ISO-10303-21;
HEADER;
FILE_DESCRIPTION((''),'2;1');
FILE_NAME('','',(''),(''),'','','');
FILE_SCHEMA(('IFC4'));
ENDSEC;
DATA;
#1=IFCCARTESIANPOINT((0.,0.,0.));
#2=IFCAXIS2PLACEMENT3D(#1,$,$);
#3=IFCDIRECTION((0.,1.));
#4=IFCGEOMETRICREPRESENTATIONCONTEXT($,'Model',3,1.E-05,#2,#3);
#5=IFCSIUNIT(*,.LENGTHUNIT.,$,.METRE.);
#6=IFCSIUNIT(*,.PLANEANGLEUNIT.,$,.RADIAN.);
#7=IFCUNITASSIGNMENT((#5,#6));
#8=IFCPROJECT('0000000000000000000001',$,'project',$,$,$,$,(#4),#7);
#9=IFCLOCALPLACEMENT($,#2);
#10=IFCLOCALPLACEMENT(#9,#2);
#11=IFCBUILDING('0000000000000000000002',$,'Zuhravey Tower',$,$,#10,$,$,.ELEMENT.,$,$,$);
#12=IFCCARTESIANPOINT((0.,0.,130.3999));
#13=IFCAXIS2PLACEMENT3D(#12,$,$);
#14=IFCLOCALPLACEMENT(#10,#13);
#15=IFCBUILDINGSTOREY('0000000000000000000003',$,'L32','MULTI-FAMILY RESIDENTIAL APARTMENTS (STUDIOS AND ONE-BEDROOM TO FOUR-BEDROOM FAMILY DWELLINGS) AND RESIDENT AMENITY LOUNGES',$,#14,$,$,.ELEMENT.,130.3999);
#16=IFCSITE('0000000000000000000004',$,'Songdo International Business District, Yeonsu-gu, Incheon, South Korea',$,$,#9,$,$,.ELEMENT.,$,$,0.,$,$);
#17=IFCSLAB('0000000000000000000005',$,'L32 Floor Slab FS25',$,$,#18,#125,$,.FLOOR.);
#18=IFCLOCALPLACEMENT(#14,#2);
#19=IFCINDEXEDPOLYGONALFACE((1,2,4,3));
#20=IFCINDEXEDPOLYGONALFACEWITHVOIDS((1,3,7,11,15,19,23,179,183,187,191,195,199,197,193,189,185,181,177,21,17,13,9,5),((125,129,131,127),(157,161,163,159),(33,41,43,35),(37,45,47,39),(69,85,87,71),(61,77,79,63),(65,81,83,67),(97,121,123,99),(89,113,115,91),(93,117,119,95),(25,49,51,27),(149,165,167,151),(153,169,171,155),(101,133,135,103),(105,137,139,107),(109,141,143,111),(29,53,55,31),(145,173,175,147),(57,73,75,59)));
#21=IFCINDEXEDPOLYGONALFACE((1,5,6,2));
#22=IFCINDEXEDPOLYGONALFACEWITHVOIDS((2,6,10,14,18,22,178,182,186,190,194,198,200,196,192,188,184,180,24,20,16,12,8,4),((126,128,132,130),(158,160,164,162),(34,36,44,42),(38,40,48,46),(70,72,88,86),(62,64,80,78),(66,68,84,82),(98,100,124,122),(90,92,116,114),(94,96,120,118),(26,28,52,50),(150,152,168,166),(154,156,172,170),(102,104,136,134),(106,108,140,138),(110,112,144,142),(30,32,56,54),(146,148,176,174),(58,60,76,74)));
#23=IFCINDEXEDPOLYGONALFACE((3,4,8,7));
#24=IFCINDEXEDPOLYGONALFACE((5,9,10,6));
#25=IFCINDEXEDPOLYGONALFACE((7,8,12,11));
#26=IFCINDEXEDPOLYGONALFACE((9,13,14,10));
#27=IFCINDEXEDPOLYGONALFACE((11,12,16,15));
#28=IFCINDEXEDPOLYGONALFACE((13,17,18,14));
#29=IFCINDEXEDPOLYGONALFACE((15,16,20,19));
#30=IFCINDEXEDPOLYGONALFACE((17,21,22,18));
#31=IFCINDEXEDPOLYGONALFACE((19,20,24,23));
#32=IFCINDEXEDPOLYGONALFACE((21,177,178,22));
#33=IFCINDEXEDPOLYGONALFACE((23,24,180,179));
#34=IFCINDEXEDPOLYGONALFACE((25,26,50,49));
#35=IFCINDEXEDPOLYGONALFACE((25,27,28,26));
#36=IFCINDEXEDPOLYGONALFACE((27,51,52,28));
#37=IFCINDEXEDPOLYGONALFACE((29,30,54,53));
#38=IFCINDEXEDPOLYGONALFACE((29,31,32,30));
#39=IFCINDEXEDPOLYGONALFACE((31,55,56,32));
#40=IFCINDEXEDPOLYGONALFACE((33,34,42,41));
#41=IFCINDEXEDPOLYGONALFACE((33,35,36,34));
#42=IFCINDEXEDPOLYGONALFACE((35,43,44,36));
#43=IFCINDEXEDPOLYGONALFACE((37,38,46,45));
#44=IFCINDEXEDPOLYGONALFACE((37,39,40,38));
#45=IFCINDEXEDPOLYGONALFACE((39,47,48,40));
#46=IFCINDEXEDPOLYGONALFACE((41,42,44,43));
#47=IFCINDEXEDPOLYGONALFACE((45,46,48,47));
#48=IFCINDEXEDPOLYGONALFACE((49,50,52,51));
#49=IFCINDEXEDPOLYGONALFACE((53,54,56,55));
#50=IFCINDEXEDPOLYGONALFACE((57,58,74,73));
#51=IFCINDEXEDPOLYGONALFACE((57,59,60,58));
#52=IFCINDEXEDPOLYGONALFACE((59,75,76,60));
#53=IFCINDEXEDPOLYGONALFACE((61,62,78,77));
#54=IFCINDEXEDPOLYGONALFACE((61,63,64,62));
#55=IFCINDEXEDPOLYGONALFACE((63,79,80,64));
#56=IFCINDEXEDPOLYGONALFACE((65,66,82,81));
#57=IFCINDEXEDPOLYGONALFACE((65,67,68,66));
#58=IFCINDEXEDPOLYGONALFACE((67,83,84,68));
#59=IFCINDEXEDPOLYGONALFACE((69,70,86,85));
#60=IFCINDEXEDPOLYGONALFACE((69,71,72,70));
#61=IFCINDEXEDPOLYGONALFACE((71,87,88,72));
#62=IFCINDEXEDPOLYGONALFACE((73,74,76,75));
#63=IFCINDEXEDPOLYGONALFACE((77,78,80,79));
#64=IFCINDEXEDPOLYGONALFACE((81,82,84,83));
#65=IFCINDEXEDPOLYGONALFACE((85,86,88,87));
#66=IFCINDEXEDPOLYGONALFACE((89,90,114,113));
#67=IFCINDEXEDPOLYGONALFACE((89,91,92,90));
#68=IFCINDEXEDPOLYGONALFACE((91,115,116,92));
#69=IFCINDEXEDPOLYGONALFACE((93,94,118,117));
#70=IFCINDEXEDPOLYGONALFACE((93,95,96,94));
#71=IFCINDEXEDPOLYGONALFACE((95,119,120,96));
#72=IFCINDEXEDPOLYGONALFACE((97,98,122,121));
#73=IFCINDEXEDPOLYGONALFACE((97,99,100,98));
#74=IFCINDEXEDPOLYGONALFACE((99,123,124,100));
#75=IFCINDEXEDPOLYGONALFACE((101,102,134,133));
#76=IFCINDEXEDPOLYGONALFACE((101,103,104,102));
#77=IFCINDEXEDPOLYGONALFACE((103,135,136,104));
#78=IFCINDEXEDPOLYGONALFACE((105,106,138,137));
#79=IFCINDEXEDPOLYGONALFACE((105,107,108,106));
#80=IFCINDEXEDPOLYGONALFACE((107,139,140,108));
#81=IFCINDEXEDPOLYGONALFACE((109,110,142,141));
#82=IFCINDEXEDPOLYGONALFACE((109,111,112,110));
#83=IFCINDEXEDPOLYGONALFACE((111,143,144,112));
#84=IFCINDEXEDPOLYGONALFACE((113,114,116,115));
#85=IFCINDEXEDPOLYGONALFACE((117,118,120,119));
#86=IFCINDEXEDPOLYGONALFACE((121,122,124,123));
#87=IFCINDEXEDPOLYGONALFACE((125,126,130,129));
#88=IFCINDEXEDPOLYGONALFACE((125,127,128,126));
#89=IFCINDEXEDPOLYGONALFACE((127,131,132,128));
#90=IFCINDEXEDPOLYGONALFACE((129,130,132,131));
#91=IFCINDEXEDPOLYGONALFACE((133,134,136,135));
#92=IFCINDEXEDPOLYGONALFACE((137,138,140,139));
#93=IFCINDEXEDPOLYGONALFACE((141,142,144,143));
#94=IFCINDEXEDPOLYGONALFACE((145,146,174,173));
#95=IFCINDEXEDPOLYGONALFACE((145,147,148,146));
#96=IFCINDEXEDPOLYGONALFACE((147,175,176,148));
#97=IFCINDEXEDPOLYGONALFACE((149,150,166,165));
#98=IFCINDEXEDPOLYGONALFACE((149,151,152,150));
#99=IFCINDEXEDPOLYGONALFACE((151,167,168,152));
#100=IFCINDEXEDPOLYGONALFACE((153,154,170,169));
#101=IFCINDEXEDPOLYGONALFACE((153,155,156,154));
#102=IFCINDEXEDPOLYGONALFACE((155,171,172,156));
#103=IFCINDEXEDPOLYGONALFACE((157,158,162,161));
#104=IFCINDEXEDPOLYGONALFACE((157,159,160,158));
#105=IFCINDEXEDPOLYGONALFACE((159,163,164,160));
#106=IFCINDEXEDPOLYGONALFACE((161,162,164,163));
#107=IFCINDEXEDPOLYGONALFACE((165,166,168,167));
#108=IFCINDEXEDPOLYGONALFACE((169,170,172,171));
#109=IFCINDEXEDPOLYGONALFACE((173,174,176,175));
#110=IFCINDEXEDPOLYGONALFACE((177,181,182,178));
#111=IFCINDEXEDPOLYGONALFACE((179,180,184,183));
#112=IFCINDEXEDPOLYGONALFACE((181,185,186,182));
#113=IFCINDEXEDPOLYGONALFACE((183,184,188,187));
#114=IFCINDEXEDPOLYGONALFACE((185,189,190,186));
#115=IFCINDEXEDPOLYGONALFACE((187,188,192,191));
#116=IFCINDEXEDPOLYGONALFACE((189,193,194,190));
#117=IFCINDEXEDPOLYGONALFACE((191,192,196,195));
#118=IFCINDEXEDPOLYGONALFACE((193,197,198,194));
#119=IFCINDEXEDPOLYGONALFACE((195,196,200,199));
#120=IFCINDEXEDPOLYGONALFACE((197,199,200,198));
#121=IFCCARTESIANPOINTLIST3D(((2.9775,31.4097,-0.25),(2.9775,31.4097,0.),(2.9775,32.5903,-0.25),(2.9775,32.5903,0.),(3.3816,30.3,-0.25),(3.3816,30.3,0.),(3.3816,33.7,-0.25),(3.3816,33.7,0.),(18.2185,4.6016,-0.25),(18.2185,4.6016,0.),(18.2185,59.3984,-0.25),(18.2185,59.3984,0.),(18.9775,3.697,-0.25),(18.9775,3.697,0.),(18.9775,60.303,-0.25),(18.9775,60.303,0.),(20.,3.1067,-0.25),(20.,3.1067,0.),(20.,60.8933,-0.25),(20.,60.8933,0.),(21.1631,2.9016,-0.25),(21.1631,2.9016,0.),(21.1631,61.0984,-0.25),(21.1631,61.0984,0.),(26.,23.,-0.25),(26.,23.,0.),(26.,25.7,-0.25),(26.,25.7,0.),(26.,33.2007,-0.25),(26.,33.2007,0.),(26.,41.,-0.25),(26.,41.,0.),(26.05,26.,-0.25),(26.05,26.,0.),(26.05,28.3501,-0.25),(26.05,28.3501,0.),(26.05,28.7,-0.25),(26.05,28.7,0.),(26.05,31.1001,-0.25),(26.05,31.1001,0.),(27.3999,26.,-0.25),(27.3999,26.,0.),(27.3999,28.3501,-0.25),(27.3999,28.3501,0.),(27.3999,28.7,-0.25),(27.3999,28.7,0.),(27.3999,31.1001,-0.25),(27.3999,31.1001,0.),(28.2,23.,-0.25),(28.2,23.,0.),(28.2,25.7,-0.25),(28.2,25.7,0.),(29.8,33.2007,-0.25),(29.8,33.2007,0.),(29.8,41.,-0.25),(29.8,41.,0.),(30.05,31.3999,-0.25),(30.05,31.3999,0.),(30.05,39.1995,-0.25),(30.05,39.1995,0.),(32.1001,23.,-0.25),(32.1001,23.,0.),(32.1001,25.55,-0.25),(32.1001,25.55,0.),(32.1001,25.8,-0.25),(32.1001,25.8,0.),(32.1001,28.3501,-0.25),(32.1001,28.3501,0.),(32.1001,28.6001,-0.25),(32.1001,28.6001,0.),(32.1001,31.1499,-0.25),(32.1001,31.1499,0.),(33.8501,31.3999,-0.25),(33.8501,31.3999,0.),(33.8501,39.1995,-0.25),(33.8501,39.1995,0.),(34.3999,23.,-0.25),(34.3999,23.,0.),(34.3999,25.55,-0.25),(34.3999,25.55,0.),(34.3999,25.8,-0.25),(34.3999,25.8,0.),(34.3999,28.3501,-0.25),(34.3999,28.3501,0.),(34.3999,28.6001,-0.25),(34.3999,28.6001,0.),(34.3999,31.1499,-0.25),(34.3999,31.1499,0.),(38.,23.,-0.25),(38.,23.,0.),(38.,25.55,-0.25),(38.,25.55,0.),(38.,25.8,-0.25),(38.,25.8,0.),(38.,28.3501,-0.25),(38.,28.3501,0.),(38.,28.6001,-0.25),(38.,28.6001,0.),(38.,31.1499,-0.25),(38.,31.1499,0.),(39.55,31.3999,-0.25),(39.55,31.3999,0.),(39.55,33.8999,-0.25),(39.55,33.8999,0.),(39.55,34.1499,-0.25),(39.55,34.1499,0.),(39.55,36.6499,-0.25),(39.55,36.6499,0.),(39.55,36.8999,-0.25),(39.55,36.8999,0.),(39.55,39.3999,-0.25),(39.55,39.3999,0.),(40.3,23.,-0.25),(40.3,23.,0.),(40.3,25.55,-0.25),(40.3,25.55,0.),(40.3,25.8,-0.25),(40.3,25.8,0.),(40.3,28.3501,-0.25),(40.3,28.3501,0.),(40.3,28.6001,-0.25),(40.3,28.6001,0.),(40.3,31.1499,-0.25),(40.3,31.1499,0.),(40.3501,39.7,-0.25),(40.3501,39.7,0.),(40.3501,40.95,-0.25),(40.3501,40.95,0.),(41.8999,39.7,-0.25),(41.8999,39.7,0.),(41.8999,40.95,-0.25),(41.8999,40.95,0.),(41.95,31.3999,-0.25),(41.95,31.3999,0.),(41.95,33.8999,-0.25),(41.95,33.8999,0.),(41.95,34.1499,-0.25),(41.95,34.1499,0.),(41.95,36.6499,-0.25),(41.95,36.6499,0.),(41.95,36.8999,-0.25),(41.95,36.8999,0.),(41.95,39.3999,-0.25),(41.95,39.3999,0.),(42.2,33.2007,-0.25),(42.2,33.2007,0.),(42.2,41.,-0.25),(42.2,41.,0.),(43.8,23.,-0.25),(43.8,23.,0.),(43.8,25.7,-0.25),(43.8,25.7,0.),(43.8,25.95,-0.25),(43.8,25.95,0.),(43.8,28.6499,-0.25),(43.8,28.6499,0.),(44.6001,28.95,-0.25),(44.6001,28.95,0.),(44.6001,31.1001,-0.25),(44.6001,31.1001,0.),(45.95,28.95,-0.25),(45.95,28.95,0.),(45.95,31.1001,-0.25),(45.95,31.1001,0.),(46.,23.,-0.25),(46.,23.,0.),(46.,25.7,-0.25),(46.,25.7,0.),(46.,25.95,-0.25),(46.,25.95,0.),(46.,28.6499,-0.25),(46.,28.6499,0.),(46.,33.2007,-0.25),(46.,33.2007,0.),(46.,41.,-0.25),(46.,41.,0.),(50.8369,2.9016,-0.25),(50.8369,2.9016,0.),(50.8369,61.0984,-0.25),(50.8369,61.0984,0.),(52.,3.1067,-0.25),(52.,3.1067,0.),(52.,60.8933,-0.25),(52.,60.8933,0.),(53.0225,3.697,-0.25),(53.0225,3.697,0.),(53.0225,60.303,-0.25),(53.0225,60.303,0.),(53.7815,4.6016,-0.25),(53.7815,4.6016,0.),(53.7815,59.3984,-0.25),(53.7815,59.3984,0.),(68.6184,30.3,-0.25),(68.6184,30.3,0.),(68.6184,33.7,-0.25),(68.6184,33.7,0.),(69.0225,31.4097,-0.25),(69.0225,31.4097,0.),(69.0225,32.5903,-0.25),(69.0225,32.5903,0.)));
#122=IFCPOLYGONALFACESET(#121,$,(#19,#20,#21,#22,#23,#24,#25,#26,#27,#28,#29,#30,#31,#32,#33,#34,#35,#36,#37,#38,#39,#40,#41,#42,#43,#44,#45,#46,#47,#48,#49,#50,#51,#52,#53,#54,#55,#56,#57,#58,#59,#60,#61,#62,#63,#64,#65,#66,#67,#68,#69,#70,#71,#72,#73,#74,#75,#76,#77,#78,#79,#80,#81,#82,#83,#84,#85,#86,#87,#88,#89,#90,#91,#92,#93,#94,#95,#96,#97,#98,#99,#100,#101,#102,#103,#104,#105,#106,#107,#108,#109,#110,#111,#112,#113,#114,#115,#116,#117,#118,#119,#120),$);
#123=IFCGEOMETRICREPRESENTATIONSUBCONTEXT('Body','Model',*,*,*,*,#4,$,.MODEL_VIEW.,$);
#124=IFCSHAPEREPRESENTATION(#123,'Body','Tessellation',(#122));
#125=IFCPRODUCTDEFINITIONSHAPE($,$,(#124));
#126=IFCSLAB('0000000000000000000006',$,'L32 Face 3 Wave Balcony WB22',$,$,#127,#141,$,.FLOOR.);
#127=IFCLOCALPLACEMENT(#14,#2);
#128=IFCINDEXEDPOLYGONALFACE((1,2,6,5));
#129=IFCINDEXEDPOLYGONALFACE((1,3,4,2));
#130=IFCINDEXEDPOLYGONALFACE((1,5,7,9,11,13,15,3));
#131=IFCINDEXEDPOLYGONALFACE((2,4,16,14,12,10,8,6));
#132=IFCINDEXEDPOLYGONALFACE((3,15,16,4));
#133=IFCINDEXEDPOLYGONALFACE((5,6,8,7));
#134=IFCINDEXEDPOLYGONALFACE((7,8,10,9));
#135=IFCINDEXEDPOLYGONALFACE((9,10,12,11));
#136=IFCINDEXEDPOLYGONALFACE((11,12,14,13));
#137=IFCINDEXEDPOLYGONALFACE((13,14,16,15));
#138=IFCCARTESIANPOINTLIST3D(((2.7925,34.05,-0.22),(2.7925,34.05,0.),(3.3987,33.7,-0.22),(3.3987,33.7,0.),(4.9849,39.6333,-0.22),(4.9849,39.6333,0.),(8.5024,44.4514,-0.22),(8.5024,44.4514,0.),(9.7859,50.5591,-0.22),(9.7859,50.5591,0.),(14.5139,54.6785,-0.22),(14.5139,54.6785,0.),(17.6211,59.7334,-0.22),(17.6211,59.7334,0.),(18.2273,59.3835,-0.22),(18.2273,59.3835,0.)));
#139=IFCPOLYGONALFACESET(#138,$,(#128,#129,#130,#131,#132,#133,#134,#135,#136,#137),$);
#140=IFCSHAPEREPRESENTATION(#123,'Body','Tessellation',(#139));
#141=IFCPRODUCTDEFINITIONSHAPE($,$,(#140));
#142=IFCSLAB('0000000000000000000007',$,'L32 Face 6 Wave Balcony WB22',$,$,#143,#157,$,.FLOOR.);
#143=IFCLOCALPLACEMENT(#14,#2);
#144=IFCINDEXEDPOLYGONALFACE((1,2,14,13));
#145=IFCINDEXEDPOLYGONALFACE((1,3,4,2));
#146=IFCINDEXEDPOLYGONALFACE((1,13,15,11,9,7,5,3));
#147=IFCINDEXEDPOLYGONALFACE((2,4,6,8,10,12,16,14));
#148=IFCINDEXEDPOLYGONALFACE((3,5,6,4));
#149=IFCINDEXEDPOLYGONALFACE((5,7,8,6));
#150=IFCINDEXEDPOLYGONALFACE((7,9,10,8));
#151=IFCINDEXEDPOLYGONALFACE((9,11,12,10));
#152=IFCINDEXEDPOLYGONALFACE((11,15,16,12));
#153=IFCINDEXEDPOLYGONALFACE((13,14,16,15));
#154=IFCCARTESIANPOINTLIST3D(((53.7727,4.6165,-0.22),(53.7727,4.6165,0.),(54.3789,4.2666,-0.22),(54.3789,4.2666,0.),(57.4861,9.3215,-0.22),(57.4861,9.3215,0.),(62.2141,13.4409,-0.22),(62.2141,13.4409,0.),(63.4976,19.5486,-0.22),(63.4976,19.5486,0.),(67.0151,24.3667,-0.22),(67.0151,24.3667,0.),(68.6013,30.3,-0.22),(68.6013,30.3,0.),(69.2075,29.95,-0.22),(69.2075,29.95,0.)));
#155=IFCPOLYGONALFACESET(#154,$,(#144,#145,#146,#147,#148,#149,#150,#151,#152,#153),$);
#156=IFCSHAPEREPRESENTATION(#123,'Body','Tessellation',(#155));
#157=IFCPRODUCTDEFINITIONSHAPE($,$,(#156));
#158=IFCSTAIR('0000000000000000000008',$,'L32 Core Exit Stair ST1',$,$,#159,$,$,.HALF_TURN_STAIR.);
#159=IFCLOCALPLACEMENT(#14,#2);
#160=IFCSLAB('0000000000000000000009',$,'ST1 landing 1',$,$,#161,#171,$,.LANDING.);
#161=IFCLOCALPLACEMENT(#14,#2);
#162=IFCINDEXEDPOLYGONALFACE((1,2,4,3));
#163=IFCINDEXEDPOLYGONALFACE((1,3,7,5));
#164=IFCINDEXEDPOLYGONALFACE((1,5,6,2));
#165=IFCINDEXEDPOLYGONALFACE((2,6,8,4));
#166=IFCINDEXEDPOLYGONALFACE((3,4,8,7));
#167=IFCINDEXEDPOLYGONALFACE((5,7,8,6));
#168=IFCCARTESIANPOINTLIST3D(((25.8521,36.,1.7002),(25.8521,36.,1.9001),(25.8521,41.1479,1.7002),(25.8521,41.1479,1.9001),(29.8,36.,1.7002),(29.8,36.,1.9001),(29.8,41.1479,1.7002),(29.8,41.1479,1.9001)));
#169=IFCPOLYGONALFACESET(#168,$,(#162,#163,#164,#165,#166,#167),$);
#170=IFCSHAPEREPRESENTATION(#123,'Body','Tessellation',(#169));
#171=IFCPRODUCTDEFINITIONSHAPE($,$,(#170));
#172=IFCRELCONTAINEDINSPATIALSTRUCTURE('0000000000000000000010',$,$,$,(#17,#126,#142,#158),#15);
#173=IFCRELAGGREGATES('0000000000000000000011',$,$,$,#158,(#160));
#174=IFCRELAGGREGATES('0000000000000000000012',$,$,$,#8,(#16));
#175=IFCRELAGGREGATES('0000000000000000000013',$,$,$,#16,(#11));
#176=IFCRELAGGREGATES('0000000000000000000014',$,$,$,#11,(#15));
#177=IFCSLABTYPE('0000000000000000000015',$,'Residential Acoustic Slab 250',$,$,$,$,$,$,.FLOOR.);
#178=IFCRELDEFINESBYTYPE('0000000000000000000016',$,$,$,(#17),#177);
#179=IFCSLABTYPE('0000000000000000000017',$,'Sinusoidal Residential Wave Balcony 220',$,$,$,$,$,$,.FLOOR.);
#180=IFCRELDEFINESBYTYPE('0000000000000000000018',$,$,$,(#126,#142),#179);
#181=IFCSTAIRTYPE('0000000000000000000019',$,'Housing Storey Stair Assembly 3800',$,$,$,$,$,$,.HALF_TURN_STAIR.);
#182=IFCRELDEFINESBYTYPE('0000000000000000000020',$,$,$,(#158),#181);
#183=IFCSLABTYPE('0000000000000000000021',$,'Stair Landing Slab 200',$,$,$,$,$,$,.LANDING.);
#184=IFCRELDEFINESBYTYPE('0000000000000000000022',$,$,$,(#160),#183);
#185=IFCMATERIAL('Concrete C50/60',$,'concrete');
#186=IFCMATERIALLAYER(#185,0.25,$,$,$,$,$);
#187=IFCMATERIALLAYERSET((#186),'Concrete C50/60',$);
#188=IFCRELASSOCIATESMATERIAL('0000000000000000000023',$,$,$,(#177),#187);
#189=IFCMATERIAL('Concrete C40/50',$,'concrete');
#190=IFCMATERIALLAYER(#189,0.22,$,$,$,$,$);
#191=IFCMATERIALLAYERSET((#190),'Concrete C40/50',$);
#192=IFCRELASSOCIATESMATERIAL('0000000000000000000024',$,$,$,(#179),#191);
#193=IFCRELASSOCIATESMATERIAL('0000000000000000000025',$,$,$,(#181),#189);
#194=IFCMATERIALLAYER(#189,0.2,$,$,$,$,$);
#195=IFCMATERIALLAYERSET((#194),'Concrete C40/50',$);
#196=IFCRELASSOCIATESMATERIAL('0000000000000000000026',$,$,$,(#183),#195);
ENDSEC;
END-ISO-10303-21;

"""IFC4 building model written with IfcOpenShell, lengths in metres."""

from ifc_helpers import new_model, si_unit, direction, frame, origin, place, context, subcontext, project, spatial, polyline, outline, extrude, material, layer, layer_set, type_object, element, aggregate, save


model = new_model("IFC4")

# Units and contexts
model_context = context("Model", 3, precision=1e-05, world=origin(), true_north=direction((0.0, 1.0)))
body_context = subcontext(model_context, "Body", "Model", "MODEL_VIEW")
ifc_project = project(units=[si_unit("LENGTHUNIT", "METRE"), si_unit("PLANEANGLEUNIT", "RADIAN")], contexts=[model_context])

# Site, building, storey
site_placement = place(None, origin())
site = spatial("IfcSite", under=ifc_project, at=site_placement, Name="Songdo International Business District, Yeonsu-gu, Incheon, South Korea", CompositionType="ELEMENT", RefElevation=0.0)
building_placement = place(site_placement, origin())
building = spatial("IfcBuilding", under=site, at=building_placement, Name="Zuhravey Tower", CompositionType="ELEMENT")
storey_placement = place(building_placement, frame((0.0, 0.0, 130.3999)))
storey = spatial("IfcBuildingStorey", under=building, at=storey_placement, Name="L32", Description="MULTI-FAMILY RESIDENTIAL APARTMENTS (STUDIOS AND ONE-BEDROOM TO FOUR-BEDROOM FAMILY DWELLINGS) AND RESIDENT AMENITY LOUNGES", CompositionType="ELEMENT", Elevation=130.3999)

# Slabs
ifc_material_1 = material(Name="Concrete C50/60", Category="concrete")
ifc_layer_1 = layer(ifc_material_1, 0.25)
ifc_layer_set_1 = layer_set([ifc_layer_1], Name="Concrete C50/60")
slab_type_1 = type_object("IfcSlabType", Name="Residential Acoustic Slab 250", PredefinedType="FLOOR", material=ifc_layer_set_1)
slab_1_placement = place(storey_placement, frame((0.0, 0.0, -0.25)))
element("IfcSlab", 1, at=slab_1_placement, inside=storey, type_object=slab_type_1, Name="L32 Floor Slab FS25", PredefinedType="FLOOR", context=body_context, shape_type="SweptSolid", body=[
    extrude(outline(polyline([(68.6184, 30.3), (69.0225, 31.4097), (69.0225, 32.5903), (68.6184, 33.7), (53.7815, 59.3984), (53.0225, 60.303), (52.0, 60.8933), (50.8369, 61.0984), (21.1631, 61.0984), (20.0, 60.8933), (18.9775, 60.303), (18.2185, 59.3984), (3.3816, 33.7), (2.9775, 32.5903), (2.9775, 31.4097), (3.3816, 30.3), (18.2185, 4.6016), (18.9775, 3.697), (20.0, 3.1067), (21.1631, 2.9016), (50.8369, 2.9016), (52.0, 3.1067), (53.0225, 3.697), (53.7815, 4.6016), (68.6184, 30.3)]), holes=[polyline([(29.8, 33.2007), (29.8, 41.0), (26.0, 41.0), (26.0, 33.2007), (29.8, 33.2007)]), polyline([(46.0, 33.2007), (46.0, 41.0), (42.2, 41.0), (42.2, 33.2007), (46.0, 33.2007)]), polyline([(30.05, 39.1995), (30.05, 31.3999), (33.8501, 31.3999), (33.8501, 39.1995), (30.05, 39.1995)]), polyline([(32.1001, 23.0), (34.3999, 23.0), (34.3999, 25.55), (32.1001, 25.55), (32.1001, 23.0)]), polyline([(32.1001, 25.8), (34.3999, 25.8), (34.3999, 28.3501), (32.1001, 28.3501), (32.1001, 25.8)]), polyline([(32.1001, 28.6001), (34.3999, 28.6001), (34.3999, 31.1499), (32.1001, 31.1499), (32.1001, 28.6001)]), polyline([(38.0, 23.0), (40.3, 23.0), (40.3, 25.55), (38.0, 25.55), (38.0, 23.0)]), polyline([(38.0, 25.8), (40.3, 25.8), (40.3, 28.3501), (38.0, 28.3501), (38.0, 25.8)]), polyline([(38.0, 28.6001), (40.3, 28.6001), (40.3, 31.1499), (38.0, 31.1499), (38.0, 28.6001)]), polyline([(39.55, 31.3999), (41.95, 31.3999), (41.95, 33.8999), (39.55, 33.8999), (39.55, 31.3999)]), polyline([(39.55, 34.1499), (41.95, 34.1499), (41.95, 36.6499), (39.55, 36.6499), (39.55, 34.1499)]), polyline([(39.55, 36.8999), (41.95, 36.8999), (41.95, 39.3999), (39.55, 39.3999), (39.55, 36.8999)]), polyline([(26.0, 23.0), (28.2, 23.0), (28.2, 25.7), (26.0, 25.7), (26.0, 23.0)]), polyline([(43.8, 23.0), (46.0, 23.0), (46.0, 25.7), (43.8, 25.7), (43.8, 23.0)]), polyline([(43.8, 25.95), (46.0, 25.95), (46.0, 28.6499), (43.8, 28.6499), (43.8, 25.95)]), polyline([(26.05, 26.0), (27.3999, 26.0), (27.3999, 28.3501), (26.05, 28.3501), (26.05, 26.0)]), polyline([(26.05, 28.7), (27.3999, 28.7), (27.3999, 31.1001), (26.05, 31.1001), (26.05, 28.7)]), polyline([(44.6001, 28.95), (45.95, 28.95), (45.95, 31.1001), (44.6001, 31.1001), (44.6001, 28.95)]), polyline([(40.3501, 39.7), (41.8999, 39.7), (41.8999, 40.95), (40.3501, 40.95), (40.3501, 39.7)])]), origin(), (0.0, 0.0, 1.0), 0.25),
])
ifc_material_2 = material(Name="Concrete C40/50", Category="concrete")
ifc_layer_2 = layer(ifc_material_2, 0.22)
ifc_layer_set_2 = layer_set([ifc_layer_2], Name="Concrete C40/50")
slab_type_2 = type_object("IfcSlabType", Name="Sinusoidal Residential Wave Balcony 220", PredefinedType="FLOOR", material=ifc_layer_set_2)
slab_2_placement = place(storey_placement, frame((0.0, 0.0, -0.22)))
element("IfcSlab", 2, at=slab_2_placement, inside=storey, type_object=slab_type_2, Name="L32 Face 3 Wave Balcony WB22", PredefinedType="FLOOR", context=body_context, shape_type="SweptSolid", body=[
    extrude(outline(polyline([(18.2273, 59.3835), (3.3987, 33.7), (2.7925, 34.05), (4.9849, 39.6333), (8.5024, 44.4514), (9.7859, 50.5591), (14.5139, 54.6785), (17.6211, 59.7334), (18.2273, 59.3835)])), origin(), (0.0, 0.0, 1.0), 0.22),
])
slab_3_placement = place(storey_placement, frame((0.0, 0.0, -0.22)))
element("IfcSlab", 3, at=slab_3_placement, inside=storey, type_object=slab_type_2, Name="L32 Face 6 Wave Balcony WB22", PredefinedType="FLOOR", context=body_context, shape_type="SweptSolid", body=[
    extrude(outline(polyline([(53.7727, 4.6165), (68.6013, 30.3), (69.2075, 29.95), (67.0151, 24.3667), (63.4976, 19.5486), (62.2141, 13.4409), (57.4861, 9.3215), (54.3789, 4.2666), (53.7727, 4.6165)])), origin(), (0.0, 0.0, 1.0), 0.22),
])

# Stair, slab
stair_type = type_object("IfcStairType", Name="Housing Storey Stair Assembly 3800", PredefinedType="HALF_TURN_STAIR", material=ifc_material_2)
stair_1_placement = place(storey_placement, origin())
stair_1 = element("IfcStair", 4, at=stair_1_placement, inside=storey, type_object=stair_type, Name="L32 Core Exit Stair ST1", PredefinedType="HALF_TURN_STAIR")
ifc_layer_3 = layer(ifc_material_2, 0.2)
ifc_layer_set_3 = layer_set([ifc_layer_3], Name="Concrete C40/50")
slab_type_3 = type_object("IfcSlabType", Name="Stair Landing Slab 200", PredefinedType="LANDING", material=ifc_layer_set_3)
slab_4_placement = place(storey_placement, frame((0.0, 0.0, 1.7002)))
slab_4 = element("IfcSlab", 5, at=slab_4_placement, type_object=slab_type_3, Name="ST1 landing 1", PredefinedType="LANDING", context=body_context, shape_type="SweptSolid", body=[
    extrude(outline(polyline([(29.8, 36.0), (29.8, 41.1479), (25.8521, 41.1479), (25.8521, 36.0), (29.8, 36.0)])), origin(), (0.0, 0.0, 1.0), 0.2),
])
aggregate(stair_1, [slab_4])

save(model, "model.ifc")
